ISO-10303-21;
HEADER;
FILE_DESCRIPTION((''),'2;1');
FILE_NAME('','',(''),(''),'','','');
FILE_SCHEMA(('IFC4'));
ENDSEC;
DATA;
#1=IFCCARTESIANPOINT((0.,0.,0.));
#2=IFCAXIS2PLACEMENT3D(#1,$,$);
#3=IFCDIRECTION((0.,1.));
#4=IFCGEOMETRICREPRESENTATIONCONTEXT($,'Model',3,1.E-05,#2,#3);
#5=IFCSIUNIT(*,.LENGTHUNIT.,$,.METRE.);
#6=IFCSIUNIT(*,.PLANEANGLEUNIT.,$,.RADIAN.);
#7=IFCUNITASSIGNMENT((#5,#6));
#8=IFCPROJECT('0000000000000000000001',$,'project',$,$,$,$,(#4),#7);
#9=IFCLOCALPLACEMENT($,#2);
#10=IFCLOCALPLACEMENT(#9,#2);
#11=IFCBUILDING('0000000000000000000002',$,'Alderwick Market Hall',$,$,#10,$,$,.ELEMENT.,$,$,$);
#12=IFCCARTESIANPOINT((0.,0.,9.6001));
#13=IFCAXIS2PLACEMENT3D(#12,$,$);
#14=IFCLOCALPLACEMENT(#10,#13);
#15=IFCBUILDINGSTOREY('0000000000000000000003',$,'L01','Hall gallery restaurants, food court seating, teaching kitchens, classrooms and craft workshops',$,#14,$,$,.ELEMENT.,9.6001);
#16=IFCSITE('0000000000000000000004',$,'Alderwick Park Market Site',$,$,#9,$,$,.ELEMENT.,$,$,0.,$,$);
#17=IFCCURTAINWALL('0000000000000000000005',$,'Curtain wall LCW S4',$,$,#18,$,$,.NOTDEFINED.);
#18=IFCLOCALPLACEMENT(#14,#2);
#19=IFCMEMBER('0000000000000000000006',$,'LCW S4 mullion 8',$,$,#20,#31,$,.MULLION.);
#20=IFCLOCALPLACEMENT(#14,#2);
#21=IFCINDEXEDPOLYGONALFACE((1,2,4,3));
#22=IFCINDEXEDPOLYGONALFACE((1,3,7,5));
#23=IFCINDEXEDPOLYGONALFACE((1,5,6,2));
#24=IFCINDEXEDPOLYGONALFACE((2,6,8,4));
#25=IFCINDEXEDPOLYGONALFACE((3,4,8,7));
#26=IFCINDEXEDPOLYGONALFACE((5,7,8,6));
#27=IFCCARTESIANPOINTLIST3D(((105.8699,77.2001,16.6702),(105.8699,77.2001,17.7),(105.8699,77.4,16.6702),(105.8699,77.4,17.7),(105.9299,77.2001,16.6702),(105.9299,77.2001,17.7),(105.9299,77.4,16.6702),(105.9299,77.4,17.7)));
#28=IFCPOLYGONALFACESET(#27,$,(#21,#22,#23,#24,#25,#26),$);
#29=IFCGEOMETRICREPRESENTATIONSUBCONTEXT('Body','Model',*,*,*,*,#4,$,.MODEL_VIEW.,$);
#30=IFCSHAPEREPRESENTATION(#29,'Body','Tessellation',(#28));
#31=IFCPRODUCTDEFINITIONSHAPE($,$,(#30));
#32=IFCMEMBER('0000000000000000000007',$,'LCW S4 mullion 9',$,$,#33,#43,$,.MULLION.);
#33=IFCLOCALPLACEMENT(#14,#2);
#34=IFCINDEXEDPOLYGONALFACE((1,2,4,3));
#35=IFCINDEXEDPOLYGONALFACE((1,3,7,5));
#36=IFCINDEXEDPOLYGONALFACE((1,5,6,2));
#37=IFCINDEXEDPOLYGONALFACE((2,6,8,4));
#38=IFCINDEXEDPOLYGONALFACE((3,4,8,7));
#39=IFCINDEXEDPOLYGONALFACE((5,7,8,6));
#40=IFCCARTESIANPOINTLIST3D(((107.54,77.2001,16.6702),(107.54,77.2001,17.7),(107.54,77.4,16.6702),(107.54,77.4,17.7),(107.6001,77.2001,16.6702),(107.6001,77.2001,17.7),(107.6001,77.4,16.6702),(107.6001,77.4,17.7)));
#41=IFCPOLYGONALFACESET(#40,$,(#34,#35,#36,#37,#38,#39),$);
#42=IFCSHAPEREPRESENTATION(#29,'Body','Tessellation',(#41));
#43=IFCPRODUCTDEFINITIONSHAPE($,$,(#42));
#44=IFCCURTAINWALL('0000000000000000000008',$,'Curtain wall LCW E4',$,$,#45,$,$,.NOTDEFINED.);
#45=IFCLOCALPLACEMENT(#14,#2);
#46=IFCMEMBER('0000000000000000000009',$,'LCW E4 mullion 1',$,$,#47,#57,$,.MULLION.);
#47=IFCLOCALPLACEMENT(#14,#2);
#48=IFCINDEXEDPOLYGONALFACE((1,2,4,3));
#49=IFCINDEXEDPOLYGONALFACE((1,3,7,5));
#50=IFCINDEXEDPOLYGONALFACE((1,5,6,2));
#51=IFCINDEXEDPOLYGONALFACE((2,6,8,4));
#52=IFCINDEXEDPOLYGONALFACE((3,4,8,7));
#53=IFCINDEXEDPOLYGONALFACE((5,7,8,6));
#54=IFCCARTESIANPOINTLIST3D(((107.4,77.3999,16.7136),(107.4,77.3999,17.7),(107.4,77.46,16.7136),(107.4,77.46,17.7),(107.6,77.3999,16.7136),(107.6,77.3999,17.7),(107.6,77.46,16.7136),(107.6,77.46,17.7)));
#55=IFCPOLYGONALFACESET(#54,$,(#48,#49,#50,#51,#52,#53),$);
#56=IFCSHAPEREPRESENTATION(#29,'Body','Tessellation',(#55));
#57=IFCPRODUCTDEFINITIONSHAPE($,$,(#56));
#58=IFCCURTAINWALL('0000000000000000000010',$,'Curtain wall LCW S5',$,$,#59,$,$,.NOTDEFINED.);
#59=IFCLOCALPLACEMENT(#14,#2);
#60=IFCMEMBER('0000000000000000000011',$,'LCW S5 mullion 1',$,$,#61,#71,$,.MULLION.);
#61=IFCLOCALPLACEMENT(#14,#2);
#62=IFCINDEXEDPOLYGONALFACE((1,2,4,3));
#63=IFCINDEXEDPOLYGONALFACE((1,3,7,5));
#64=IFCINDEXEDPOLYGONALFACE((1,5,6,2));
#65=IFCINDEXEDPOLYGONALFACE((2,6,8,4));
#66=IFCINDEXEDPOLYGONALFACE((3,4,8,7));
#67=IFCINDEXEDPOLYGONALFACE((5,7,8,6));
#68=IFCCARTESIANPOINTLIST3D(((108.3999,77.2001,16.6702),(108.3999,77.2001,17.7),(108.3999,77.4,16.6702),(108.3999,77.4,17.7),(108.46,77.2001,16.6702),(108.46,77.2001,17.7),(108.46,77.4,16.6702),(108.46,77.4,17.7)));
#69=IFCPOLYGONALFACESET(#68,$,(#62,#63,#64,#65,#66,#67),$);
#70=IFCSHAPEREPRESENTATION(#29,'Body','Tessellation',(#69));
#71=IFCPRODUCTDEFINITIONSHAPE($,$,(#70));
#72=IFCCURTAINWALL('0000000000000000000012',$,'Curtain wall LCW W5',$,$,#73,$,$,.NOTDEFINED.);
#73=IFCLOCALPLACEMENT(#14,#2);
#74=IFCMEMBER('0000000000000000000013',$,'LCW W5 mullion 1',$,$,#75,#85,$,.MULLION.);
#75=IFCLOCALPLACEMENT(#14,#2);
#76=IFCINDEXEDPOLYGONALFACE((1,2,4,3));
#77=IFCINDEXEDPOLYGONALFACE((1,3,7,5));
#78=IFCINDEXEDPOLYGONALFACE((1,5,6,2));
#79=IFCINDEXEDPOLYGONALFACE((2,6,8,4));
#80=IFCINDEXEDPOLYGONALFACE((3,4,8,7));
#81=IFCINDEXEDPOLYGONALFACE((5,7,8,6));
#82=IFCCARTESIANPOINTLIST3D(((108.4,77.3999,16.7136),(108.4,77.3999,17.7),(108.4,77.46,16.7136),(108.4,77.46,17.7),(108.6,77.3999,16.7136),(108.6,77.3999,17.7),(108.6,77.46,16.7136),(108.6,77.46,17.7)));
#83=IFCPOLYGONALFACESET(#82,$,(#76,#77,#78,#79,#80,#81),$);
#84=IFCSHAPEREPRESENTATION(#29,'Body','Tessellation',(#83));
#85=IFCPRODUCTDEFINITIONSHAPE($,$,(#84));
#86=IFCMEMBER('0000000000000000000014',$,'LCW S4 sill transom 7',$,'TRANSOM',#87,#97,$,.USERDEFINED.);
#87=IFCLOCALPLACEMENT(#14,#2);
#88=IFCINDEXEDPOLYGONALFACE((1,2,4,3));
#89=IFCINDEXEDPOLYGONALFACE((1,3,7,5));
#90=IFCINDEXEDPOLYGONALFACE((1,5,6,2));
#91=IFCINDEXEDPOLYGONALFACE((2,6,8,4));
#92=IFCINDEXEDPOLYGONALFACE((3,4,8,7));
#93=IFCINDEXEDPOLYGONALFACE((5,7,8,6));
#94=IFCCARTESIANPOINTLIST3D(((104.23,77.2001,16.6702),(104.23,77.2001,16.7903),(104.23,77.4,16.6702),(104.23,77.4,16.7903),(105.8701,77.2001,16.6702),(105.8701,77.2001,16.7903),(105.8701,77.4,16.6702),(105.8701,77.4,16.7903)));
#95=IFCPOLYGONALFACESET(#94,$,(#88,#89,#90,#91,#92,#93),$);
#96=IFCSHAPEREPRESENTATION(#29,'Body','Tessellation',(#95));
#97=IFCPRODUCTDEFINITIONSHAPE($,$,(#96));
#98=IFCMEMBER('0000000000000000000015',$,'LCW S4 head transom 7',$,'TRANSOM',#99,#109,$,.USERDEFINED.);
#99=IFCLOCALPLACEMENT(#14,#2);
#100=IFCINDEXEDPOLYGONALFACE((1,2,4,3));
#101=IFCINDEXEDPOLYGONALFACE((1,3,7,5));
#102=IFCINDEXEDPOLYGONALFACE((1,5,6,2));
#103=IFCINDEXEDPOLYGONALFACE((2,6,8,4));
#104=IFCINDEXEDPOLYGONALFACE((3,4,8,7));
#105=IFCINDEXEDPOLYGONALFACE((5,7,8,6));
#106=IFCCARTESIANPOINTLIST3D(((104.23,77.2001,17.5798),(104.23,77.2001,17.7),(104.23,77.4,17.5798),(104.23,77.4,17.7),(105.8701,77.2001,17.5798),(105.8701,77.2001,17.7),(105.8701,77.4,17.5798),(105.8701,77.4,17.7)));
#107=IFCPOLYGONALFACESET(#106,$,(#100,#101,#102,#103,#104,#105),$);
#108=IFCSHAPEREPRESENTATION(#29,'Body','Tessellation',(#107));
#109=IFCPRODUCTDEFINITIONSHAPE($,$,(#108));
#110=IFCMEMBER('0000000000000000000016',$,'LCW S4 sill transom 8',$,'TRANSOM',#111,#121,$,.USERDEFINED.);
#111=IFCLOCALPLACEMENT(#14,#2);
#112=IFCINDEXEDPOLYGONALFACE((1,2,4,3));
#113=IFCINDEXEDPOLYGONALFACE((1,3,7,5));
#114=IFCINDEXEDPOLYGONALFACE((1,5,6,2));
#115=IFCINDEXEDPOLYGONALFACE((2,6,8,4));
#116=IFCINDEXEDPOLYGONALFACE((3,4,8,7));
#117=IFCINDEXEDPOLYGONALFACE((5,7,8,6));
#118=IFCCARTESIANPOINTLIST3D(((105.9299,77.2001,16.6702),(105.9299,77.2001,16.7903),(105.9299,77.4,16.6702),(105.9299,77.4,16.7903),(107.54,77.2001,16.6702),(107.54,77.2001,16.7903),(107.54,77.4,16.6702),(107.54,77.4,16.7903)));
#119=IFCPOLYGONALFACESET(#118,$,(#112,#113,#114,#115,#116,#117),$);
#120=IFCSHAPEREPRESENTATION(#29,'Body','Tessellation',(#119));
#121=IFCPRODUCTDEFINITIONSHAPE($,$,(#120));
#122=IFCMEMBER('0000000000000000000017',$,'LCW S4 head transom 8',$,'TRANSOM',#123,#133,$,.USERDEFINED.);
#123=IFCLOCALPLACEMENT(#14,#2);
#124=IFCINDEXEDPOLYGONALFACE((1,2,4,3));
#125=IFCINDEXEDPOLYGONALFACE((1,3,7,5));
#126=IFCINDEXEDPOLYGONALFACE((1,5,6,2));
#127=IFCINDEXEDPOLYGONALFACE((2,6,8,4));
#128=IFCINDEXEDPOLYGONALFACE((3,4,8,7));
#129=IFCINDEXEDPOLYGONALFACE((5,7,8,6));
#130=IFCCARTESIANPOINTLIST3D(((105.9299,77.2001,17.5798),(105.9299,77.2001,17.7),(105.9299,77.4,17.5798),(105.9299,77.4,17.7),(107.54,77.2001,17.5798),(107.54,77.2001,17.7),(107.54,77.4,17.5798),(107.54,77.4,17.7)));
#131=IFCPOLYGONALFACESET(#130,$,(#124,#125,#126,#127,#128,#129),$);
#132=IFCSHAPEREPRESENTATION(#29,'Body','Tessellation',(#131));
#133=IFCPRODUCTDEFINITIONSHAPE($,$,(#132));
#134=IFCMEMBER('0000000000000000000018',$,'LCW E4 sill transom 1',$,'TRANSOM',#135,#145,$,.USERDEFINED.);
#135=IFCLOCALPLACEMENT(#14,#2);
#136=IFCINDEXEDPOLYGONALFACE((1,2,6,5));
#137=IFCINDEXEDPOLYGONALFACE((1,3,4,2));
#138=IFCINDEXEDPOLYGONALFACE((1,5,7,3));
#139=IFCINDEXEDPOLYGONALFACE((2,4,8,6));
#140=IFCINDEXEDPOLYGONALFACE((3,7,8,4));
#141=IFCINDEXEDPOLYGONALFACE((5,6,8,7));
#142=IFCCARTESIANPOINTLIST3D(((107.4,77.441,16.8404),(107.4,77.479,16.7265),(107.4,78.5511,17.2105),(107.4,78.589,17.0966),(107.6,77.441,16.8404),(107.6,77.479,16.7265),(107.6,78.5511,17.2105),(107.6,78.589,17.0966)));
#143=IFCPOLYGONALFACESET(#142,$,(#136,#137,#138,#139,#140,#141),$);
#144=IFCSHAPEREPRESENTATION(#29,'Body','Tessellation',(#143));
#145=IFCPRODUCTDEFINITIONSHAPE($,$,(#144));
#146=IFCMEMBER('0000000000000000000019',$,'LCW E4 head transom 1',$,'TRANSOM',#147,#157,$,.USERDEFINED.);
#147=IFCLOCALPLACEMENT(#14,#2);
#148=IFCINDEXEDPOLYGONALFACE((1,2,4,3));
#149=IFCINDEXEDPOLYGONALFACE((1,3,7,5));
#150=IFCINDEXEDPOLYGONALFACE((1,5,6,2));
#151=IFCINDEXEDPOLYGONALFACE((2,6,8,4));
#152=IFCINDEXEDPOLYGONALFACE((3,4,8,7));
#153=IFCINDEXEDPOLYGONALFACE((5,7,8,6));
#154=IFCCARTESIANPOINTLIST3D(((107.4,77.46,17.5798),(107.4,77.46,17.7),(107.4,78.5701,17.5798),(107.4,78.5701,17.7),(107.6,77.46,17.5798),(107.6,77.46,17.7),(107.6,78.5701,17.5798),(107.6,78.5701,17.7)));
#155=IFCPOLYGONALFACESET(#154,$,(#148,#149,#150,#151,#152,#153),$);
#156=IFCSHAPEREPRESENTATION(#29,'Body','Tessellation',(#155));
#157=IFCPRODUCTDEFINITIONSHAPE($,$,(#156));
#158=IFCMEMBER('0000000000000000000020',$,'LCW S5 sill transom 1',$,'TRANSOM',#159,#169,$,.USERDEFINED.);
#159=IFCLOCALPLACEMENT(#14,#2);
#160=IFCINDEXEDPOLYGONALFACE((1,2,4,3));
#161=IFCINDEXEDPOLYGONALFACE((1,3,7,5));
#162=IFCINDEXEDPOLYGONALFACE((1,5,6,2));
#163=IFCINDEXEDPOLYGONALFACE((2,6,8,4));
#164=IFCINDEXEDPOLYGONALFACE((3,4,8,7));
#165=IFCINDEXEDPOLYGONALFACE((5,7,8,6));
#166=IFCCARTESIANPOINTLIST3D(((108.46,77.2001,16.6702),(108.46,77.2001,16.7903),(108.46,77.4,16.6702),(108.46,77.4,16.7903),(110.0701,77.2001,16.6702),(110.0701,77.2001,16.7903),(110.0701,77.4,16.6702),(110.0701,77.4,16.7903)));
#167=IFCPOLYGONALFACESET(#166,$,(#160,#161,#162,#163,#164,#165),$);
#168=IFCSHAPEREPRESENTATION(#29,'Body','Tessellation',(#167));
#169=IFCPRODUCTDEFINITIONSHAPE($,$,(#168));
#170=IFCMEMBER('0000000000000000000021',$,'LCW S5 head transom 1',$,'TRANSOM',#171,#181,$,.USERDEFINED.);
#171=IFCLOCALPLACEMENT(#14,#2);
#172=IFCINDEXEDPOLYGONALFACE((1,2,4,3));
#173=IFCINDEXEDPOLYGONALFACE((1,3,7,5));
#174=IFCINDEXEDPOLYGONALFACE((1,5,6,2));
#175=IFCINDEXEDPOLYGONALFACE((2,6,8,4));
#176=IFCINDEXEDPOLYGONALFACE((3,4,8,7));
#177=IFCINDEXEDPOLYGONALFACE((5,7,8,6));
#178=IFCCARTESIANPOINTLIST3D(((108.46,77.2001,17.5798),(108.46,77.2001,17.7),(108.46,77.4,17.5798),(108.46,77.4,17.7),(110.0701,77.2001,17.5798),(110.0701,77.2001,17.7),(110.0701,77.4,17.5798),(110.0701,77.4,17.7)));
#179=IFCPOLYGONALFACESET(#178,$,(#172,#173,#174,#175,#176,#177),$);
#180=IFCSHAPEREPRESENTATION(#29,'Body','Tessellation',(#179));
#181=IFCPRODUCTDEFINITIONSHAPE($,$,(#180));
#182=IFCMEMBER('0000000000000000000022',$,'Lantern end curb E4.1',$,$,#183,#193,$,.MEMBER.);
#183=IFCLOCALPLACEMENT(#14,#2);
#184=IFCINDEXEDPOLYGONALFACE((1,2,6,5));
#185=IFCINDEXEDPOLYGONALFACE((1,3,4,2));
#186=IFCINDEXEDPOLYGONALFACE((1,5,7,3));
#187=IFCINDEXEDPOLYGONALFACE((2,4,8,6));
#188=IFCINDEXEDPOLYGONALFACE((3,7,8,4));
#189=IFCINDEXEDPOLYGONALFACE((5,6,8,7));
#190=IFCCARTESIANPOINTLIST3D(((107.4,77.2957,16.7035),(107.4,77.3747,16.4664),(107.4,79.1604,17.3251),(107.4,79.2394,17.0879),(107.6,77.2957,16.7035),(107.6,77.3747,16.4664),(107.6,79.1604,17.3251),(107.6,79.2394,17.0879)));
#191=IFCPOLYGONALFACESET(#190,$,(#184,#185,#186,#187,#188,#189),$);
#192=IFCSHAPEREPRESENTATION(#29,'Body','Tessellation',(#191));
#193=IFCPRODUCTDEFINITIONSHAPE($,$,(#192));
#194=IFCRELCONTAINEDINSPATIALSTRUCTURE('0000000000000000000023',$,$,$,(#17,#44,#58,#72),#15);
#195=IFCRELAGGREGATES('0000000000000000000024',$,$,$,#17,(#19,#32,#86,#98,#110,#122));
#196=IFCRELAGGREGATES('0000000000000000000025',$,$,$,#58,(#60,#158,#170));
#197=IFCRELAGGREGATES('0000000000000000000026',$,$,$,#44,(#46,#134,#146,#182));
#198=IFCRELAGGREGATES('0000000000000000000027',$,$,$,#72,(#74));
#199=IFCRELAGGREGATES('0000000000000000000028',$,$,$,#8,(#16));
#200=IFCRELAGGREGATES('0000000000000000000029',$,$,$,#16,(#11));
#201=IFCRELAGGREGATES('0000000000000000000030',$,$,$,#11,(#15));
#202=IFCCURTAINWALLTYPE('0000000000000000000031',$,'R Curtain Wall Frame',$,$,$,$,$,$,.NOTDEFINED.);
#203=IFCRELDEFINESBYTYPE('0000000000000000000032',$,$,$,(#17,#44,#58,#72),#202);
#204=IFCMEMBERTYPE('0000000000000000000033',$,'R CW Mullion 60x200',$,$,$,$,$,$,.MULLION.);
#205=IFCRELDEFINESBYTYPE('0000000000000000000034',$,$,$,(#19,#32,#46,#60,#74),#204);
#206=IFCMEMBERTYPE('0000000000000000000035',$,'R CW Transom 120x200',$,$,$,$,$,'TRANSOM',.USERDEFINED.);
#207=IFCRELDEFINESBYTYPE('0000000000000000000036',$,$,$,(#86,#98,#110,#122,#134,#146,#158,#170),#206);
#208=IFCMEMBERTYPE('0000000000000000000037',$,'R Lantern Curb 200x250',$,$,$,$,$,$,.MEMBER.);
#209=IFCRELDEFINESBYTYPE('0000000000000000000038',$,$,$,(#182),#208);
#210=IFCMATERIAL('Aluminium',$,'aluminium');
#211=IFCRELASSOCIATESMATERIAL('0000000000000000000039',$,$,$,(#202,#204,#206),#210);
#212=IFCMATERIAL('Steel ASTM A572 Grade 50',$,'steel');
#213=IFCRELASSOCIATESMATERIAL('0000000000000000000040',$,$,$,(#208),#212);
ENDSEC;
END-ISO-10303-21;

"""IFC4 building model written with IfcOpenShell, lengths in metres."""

from ifc_helpers import new_model, si_unit, direction, frame, origin, origin_2d, place, context, subcontext, project, spatial, rectangle, extrude, material, material_profile, profile_set, type_object, element, aggregate, save


model = new_model("IFC4")

# Units and contexts
model_context = context("Model", 3, precision=1e-05, world=origin(), true_north=direction((0.0, 1.0)))
body_context = subcontext(model_context, "Body", "Model", "MODEL_VIEW")
ifc_project = project(units=[si_unit("LENGTHUNIT", "METRE"), si_unit("PLANEANGLEUNIT", "RADIAN")], contexts=[model_context])

# Site, building, storey
site_placement = place(None, origin())
site = spatial("IfcSite", under=ifc_project, at=site_placement, Name="Alderwick Park Market Site", CompositionType="ELEMENT", RefElevation=0.0)
building_placement = place(site_placement, origin())
building = spatial("IfcBuilding", under=site, at=building_placement, Name="Alderwick Market Hall", CompositionType="ELEMENT")
storey_placement = place(building_placement, frame((0.0, 0.0, 9.6001)))
storey = spatial("IfcBuildingStorey", under=building, at=storey_placement, Name="L01", Description="Hall gallery restaurants, food court seating, teaching kitchens, classrooms and craft workshops", CompositionType="ELEMENT", Elevation=9.6001)

# Curtain wall, members
ifc_material_1 = material(Name="Aluminium", Category="aluminium")
curtain_wall_type = type_object("IfcCurtainWallType", Name="R Curtain Wall Frame", PredefinedType="NOTDEFINED", material=ifc_material_1)
curtain_wall_1_placement = place(storey_placement, origin())
curtain_wall_1 = element("IfcCurtainWall", 1, at=curtain_wall_1_placement, inside=storey, type_object=curtain_wall_type, Name="Curtain wall LCW S4", PredefinedType="NOTDEFINED")
ifc_material_profile_1 = material_profile(ifc_material_1, rectangle(XDim=0.2, YDim=0.0601, at=origin_2d()), Name="AL 60x200")
ifc_profile_set_1 = profile_set([ifc_material_profile_1], Name="Aluminium")
member_type_1 = type_object("IfcMemberType", Name="R CW Mullion 60x200", PredefinedType="MULLION", material=ifc_profile_set_1)
member_1_placement = place(storey_placement, frame((105.8999, 77.3, 16.6702), z_axis=(0.0, 0.0, 1.0), x_axis=(0.0, 1.0, 0.0)))
member_1 = element("IfcMember", 2, at=member_1_placement, type_object=member_type_1, Name="LCW S4 mullion 8", PredefinedType="MULLION", context=body_context, shape_type="SweptSolid", body=[
    extrude(rectangle(XDim=0.2, YDim=0.0601, at=origin_2d()), origin(), (0.0, 0.0, 1.0), 1.0298),
])
member_2_placement = place(storey_placement, frame((107.5701, 77.3, 16.6702), z_axis=(0.0, 0.0, 1.0), x_axis=(0.0, 1.0, 0.0)))
member_2 = element("IfcMember", 3, at=member_2_placement, type_object=member_type_1, Name="LCW S4 mullion 9", PredefinedType="MULLION", context=body_context, shape_type="SweptSolid", body=[
    extrude(rectangle(XDim=0.2, YDim=0.0601, at=origin_2d()), origin(), (0.0, 0.0, 1.0), 1.0298),
])

# Curtain walls, members
curtain_wall_2_placement = place(storey_placement, origin())
curtain_wall_2 = element("IfcCurtainWall", 4, at=curtain_wall_2_placement, inside=storey, type_object=curtain_wall_type, Name="Curtain wall LCW E4", PredefinedType="NOTDEFINED")
member_3_placement = place(storey_placement, frame((107.5, 77.4299, 16.7136), z_axis=(0.0, 0.0, 1.0), x_axis=(1.0, 0.0, 0.0)))
member_3 = element("IfcMember", 5, at=member_3_placement, type_object=member_type_1, Name="LCW E4 mullion 1", PredefinedType="MULLION", context=body_context, shape_type="SweptSolid", body=[
    extrude(rectangle(XDim=0.2, YDim=0.0601, at=origin_2d()), origin(), (0.0, 0.0, 1.0), 0.9863),
])
curtain_wall_3_placement = place(storey_placement, origin())
curtain_wall_3 = element("IfcCurtainWall", 6, at=curtain_wall_3_placement, inside=storey, type_object=curtain_wall_type, Name="Curtain wall LCW S5", PredefinedType="NOTDEFINED")
member_4_placement = place(storey_placement, frame((108.4299, 77.3, 16.6702), z_axis=(0.0, 0.0, 1.0), x_axis=(0.0, 1.0, 0.0)))
member_4 = element("IfcMember", 7, at=member_4_placement, type_object=member_type_1, Name="LCW S5 mullion 1", PredefinedType="MULLION", context=body_context, shape_type="SweptSolid", body=[
    extrude(rectangle(XDim=0.2, YDim=0.0601, at=origin_2d()), origin(), (0.0, 0.0, 1.0), 1.0298),
])
curtain_wall_4_placement = place(storey_placement, origin())
curtain_wall_4 = element("IfcCurtainWall", 8, at=curtain_wall_4_placement, inside=storey, type_object=curtain_wall_type, Name="Curtain wall LCW W5", PredefinedType="NOTDEFINED")
member_5_placement = place(storey_placement, frame((108.5, 77.4299, 16.7136), z_axis=(0.0, 0.0, 1.0), x_axis=(1.0, 0.0, 0.0)))
member_5 = element("IfcMember", 9, at=member_5_placement, type_object=member_type_1, Name="LCW W5 mullion 1", PredefinedType="MULLION", context=body_context, shape_type="SweptSolid", body=[
    extrude(rectangle(XDim=0.2, YDim=0.0601, at=origin_2d()), origin(), (0.0, 0.0, 1.0), 0.9863),
])

# Members
ifc_material_profile_2 = material_profile(ifc_material_1, rectangle(XDim=0.2, YDim=0.1201, at=origin_2d()), Name="AL 120x200")
ifc_profile_set_2 = profile_set([ifc_material_profile_2], Name="Aluminium")
member_type_2 = type_object("IfcMemberType", Name="R CW Transom 120x200", ElementType="TRANSOM", PredefinedType="USERDEFINED", material=ifc_profile_set_2)
member_6_placement = place(storey_placement, frame((104.23, 77.3, 16.7302), z_axis=(1.0, 0.0, 0.0), x_axis=(0.0, 1.0, 0.0)))
member_6 = element("IfcMember", 10, at=member_6_placement, type_object=member_type_2, Name="LCW S4 sill transom 7", ObjectType="TRANSOM", PredefinedType="USERDEFINED", context=body_context, shape_type="SweptSolid", body=[
    extrude(rectangle(XDim=0.2, YDim=0.1201, at=origin_2d()), origin(), (0.0, 0.0, 1.0), 1.6401),
])
member_7_placement = place(storey_placement, frame((104.23, 77.3, 17.6399), z_axis=(1.0, 0.0, 0.0), x_axis=(0.0, 1.0, 0.0)))
member_7 = element("IfcMember", 11, at=member_7_placement, type_object=member_type_2, Name="LCW S4 head transom 7", ObjectType="TRANSOM", PredefinedType="USERDEFINED", context=body_context, shape_type="SweptSolid", body=[
    extrude(rectangle(XDim=0.2, YDim=0.1201, at=origin_2d()), origin(), (0.0, 0.0, 1.0), 1.6401),
])
member_8_placement = place(storey_placement, frame((105.9299, 77.3, 16.7302), z_axis=(1.0, 0.0, 0.0), x_axis=(0.0, 1.0, 0.0)))
member_8 = element("IfcMember", 12, at=member_8_placement, type_object=member_type_2, Name="LCW S4 sill transom 8", ObjectType="TRANSOM", PredefinedType="USERDEFINED", context=body_context, shape_type="SweptSolid", body=[
    extrude(rectangle(XDim=0.2, YDim=0.1201, at=origin_2d()), origin(), (0.0, 0.0, 1.0), 1.6101),
])
member_9_placement = place(storey_placement, frame((105.9299, 77.3, 17.6399), z_axis=(1.0, 0.0, 0.0), x_axis=(0.0, 1.0, 0.0)))
member_9 = element("IfcMember", 13, at=member_9_placement, type_object=member_type_2, Name="LCW S4 head transom 8", ObjectType="TRANSOM", PredefinedType="USERDEFINED", context=body_context, shape_type="SweptSolid", body=[
    extrude(rectangle(XDim=0.2, YDim=0.1201, at=origin_2d()), origin(), (0.0, 0.0, 1.0), 1.6101),
])
member_10_placement = place(storey_placement, frame((107.5, 77.46, 16.7834), z_axis=(0.0, 0.948662, 0.31629), x_axis=(-1.0, 0.0, 0.0)))
member_10 = element("IfcMember", 14, at=member_10_placement, type_object=member_type_2, Name="LCW E4 sill transom 1", ObjectType="TRANSOM", PredefinedType="USERDEFINED", context=body_context, shape_type="SweptSolid", body=[
    extrude(rectangle(XDim=0.2, YDim=0.1201, at=origin_2d()), origin(), (0.0, 0.0, 1.0), 1.1702),
])
member_11_placement = place(storey_placement, frame((107.5, 77.46, 17.6399), z_axis=(0.0, 1.0, 0.0), x_axis=(-1.0, 0.0, 0.0)))
member_11 = element("IfcMember", 15, at=member_11_placement, type_object=member_type_2, Name="LCW E4 head transom 1", ObjectType="TRANSOM", PredefinedType="USERDEFINED", context=body_context, shape_type="SweptSolid", body=[
    extrude(rectangle(XDim=0.2, YDim=0.1201, at=origin_2d()), origin(), (0.0, 0.0, 1.0), 1.1101),
])
member_12_placement = place(storey_placement, frame((108.46, 77.3, 16.7302), z_axis=(1.0, 0.0, 0.0), x_axis=(0.0, 1.0, 0.0)))
member_12 = element("IfcMember", 16, at=member_12_placement, type_object=member_type_2, Name="LCW S5 sill transom 1", ObjectType="TRANSOM", PredefinedType="USERDEFINED", context=body_context, shape_type="SweptSolid", body=[
    extrude(rectangle(XDim=0.2, YDim=0.1201, at=origin_2d()), origin(), (0.0, 0.0, 1.0), 1.6101),
])
member_13_placement = place(storey_placement, frame((108.46, 77.3, 17.6399), z_axis=(1.0, 0.0, 0.0), x_axis=(0.0, 1.0, 0.0)))
member_13 = element("IfcMember", 17, at=member_13_placement, type_object=member_type_2, Name="LCW S5 head transom 1", ObjectType="TRANSOM", PredefinedType="USERDEFINED", context=body_context, shape_type="SweptSolid", body=[
    extrude(rectangle(XDim=0.2, YDim=0.1201, at=origin_2d()), origin(), (0.0, 0.0, 1.0), 1.6101),
])
ifc_material_2 = material(Name="Steel ASTM A572 Grade 50", Category="steel")
ifc_material_profile_3 = material_profile(ifc_material_2, rectangle(XDim=0.2, YDim=0.25, at=origin_2d()), Name="Steel plate curb 200x250")
ifc_profile_set_3 = profile_set([ifc_material_profile_3], Name="Steel ASTM A572 Grade 50")
member_type_3 = type_object("IfcMemberType", Name="R Lantern Curb 200x250", PredefinedType="MEMBER", material=ifc_profile_set_3)
member_14_placement = place(storey_placement, frame((107.5, 77.3352, 16.585), z_axis=(0.0, 0.948683, 0.316228), x_axis=(-1.0, 0.0, 0.0)))
member_14 = element("IfcMember", 18, at=member_14_placement, type_object=member_type_3, Name="Lantern end curb E4.1", PredefinedType="MEMBER", context=body_context, shape_type="SweptSolid", body=[
    extrude(rectangle(XDim=0.2, YDim=0.25, at=origin_2d()), origin(), (0.0, 0.0, 1.0), 1.9656),
])

aggregate(curtain_wall_1, [member_1, member_2, member_6, member_7, member_8, member_9])
aggregate(curtain_wall_3, [member_4, member_12, member_13])

aggregate(curtain_wall_2, [member_3, member_10, member_11, member_14])
aggregate(curtain_wall_4, [member_5])

save(model, "model.ifc")
